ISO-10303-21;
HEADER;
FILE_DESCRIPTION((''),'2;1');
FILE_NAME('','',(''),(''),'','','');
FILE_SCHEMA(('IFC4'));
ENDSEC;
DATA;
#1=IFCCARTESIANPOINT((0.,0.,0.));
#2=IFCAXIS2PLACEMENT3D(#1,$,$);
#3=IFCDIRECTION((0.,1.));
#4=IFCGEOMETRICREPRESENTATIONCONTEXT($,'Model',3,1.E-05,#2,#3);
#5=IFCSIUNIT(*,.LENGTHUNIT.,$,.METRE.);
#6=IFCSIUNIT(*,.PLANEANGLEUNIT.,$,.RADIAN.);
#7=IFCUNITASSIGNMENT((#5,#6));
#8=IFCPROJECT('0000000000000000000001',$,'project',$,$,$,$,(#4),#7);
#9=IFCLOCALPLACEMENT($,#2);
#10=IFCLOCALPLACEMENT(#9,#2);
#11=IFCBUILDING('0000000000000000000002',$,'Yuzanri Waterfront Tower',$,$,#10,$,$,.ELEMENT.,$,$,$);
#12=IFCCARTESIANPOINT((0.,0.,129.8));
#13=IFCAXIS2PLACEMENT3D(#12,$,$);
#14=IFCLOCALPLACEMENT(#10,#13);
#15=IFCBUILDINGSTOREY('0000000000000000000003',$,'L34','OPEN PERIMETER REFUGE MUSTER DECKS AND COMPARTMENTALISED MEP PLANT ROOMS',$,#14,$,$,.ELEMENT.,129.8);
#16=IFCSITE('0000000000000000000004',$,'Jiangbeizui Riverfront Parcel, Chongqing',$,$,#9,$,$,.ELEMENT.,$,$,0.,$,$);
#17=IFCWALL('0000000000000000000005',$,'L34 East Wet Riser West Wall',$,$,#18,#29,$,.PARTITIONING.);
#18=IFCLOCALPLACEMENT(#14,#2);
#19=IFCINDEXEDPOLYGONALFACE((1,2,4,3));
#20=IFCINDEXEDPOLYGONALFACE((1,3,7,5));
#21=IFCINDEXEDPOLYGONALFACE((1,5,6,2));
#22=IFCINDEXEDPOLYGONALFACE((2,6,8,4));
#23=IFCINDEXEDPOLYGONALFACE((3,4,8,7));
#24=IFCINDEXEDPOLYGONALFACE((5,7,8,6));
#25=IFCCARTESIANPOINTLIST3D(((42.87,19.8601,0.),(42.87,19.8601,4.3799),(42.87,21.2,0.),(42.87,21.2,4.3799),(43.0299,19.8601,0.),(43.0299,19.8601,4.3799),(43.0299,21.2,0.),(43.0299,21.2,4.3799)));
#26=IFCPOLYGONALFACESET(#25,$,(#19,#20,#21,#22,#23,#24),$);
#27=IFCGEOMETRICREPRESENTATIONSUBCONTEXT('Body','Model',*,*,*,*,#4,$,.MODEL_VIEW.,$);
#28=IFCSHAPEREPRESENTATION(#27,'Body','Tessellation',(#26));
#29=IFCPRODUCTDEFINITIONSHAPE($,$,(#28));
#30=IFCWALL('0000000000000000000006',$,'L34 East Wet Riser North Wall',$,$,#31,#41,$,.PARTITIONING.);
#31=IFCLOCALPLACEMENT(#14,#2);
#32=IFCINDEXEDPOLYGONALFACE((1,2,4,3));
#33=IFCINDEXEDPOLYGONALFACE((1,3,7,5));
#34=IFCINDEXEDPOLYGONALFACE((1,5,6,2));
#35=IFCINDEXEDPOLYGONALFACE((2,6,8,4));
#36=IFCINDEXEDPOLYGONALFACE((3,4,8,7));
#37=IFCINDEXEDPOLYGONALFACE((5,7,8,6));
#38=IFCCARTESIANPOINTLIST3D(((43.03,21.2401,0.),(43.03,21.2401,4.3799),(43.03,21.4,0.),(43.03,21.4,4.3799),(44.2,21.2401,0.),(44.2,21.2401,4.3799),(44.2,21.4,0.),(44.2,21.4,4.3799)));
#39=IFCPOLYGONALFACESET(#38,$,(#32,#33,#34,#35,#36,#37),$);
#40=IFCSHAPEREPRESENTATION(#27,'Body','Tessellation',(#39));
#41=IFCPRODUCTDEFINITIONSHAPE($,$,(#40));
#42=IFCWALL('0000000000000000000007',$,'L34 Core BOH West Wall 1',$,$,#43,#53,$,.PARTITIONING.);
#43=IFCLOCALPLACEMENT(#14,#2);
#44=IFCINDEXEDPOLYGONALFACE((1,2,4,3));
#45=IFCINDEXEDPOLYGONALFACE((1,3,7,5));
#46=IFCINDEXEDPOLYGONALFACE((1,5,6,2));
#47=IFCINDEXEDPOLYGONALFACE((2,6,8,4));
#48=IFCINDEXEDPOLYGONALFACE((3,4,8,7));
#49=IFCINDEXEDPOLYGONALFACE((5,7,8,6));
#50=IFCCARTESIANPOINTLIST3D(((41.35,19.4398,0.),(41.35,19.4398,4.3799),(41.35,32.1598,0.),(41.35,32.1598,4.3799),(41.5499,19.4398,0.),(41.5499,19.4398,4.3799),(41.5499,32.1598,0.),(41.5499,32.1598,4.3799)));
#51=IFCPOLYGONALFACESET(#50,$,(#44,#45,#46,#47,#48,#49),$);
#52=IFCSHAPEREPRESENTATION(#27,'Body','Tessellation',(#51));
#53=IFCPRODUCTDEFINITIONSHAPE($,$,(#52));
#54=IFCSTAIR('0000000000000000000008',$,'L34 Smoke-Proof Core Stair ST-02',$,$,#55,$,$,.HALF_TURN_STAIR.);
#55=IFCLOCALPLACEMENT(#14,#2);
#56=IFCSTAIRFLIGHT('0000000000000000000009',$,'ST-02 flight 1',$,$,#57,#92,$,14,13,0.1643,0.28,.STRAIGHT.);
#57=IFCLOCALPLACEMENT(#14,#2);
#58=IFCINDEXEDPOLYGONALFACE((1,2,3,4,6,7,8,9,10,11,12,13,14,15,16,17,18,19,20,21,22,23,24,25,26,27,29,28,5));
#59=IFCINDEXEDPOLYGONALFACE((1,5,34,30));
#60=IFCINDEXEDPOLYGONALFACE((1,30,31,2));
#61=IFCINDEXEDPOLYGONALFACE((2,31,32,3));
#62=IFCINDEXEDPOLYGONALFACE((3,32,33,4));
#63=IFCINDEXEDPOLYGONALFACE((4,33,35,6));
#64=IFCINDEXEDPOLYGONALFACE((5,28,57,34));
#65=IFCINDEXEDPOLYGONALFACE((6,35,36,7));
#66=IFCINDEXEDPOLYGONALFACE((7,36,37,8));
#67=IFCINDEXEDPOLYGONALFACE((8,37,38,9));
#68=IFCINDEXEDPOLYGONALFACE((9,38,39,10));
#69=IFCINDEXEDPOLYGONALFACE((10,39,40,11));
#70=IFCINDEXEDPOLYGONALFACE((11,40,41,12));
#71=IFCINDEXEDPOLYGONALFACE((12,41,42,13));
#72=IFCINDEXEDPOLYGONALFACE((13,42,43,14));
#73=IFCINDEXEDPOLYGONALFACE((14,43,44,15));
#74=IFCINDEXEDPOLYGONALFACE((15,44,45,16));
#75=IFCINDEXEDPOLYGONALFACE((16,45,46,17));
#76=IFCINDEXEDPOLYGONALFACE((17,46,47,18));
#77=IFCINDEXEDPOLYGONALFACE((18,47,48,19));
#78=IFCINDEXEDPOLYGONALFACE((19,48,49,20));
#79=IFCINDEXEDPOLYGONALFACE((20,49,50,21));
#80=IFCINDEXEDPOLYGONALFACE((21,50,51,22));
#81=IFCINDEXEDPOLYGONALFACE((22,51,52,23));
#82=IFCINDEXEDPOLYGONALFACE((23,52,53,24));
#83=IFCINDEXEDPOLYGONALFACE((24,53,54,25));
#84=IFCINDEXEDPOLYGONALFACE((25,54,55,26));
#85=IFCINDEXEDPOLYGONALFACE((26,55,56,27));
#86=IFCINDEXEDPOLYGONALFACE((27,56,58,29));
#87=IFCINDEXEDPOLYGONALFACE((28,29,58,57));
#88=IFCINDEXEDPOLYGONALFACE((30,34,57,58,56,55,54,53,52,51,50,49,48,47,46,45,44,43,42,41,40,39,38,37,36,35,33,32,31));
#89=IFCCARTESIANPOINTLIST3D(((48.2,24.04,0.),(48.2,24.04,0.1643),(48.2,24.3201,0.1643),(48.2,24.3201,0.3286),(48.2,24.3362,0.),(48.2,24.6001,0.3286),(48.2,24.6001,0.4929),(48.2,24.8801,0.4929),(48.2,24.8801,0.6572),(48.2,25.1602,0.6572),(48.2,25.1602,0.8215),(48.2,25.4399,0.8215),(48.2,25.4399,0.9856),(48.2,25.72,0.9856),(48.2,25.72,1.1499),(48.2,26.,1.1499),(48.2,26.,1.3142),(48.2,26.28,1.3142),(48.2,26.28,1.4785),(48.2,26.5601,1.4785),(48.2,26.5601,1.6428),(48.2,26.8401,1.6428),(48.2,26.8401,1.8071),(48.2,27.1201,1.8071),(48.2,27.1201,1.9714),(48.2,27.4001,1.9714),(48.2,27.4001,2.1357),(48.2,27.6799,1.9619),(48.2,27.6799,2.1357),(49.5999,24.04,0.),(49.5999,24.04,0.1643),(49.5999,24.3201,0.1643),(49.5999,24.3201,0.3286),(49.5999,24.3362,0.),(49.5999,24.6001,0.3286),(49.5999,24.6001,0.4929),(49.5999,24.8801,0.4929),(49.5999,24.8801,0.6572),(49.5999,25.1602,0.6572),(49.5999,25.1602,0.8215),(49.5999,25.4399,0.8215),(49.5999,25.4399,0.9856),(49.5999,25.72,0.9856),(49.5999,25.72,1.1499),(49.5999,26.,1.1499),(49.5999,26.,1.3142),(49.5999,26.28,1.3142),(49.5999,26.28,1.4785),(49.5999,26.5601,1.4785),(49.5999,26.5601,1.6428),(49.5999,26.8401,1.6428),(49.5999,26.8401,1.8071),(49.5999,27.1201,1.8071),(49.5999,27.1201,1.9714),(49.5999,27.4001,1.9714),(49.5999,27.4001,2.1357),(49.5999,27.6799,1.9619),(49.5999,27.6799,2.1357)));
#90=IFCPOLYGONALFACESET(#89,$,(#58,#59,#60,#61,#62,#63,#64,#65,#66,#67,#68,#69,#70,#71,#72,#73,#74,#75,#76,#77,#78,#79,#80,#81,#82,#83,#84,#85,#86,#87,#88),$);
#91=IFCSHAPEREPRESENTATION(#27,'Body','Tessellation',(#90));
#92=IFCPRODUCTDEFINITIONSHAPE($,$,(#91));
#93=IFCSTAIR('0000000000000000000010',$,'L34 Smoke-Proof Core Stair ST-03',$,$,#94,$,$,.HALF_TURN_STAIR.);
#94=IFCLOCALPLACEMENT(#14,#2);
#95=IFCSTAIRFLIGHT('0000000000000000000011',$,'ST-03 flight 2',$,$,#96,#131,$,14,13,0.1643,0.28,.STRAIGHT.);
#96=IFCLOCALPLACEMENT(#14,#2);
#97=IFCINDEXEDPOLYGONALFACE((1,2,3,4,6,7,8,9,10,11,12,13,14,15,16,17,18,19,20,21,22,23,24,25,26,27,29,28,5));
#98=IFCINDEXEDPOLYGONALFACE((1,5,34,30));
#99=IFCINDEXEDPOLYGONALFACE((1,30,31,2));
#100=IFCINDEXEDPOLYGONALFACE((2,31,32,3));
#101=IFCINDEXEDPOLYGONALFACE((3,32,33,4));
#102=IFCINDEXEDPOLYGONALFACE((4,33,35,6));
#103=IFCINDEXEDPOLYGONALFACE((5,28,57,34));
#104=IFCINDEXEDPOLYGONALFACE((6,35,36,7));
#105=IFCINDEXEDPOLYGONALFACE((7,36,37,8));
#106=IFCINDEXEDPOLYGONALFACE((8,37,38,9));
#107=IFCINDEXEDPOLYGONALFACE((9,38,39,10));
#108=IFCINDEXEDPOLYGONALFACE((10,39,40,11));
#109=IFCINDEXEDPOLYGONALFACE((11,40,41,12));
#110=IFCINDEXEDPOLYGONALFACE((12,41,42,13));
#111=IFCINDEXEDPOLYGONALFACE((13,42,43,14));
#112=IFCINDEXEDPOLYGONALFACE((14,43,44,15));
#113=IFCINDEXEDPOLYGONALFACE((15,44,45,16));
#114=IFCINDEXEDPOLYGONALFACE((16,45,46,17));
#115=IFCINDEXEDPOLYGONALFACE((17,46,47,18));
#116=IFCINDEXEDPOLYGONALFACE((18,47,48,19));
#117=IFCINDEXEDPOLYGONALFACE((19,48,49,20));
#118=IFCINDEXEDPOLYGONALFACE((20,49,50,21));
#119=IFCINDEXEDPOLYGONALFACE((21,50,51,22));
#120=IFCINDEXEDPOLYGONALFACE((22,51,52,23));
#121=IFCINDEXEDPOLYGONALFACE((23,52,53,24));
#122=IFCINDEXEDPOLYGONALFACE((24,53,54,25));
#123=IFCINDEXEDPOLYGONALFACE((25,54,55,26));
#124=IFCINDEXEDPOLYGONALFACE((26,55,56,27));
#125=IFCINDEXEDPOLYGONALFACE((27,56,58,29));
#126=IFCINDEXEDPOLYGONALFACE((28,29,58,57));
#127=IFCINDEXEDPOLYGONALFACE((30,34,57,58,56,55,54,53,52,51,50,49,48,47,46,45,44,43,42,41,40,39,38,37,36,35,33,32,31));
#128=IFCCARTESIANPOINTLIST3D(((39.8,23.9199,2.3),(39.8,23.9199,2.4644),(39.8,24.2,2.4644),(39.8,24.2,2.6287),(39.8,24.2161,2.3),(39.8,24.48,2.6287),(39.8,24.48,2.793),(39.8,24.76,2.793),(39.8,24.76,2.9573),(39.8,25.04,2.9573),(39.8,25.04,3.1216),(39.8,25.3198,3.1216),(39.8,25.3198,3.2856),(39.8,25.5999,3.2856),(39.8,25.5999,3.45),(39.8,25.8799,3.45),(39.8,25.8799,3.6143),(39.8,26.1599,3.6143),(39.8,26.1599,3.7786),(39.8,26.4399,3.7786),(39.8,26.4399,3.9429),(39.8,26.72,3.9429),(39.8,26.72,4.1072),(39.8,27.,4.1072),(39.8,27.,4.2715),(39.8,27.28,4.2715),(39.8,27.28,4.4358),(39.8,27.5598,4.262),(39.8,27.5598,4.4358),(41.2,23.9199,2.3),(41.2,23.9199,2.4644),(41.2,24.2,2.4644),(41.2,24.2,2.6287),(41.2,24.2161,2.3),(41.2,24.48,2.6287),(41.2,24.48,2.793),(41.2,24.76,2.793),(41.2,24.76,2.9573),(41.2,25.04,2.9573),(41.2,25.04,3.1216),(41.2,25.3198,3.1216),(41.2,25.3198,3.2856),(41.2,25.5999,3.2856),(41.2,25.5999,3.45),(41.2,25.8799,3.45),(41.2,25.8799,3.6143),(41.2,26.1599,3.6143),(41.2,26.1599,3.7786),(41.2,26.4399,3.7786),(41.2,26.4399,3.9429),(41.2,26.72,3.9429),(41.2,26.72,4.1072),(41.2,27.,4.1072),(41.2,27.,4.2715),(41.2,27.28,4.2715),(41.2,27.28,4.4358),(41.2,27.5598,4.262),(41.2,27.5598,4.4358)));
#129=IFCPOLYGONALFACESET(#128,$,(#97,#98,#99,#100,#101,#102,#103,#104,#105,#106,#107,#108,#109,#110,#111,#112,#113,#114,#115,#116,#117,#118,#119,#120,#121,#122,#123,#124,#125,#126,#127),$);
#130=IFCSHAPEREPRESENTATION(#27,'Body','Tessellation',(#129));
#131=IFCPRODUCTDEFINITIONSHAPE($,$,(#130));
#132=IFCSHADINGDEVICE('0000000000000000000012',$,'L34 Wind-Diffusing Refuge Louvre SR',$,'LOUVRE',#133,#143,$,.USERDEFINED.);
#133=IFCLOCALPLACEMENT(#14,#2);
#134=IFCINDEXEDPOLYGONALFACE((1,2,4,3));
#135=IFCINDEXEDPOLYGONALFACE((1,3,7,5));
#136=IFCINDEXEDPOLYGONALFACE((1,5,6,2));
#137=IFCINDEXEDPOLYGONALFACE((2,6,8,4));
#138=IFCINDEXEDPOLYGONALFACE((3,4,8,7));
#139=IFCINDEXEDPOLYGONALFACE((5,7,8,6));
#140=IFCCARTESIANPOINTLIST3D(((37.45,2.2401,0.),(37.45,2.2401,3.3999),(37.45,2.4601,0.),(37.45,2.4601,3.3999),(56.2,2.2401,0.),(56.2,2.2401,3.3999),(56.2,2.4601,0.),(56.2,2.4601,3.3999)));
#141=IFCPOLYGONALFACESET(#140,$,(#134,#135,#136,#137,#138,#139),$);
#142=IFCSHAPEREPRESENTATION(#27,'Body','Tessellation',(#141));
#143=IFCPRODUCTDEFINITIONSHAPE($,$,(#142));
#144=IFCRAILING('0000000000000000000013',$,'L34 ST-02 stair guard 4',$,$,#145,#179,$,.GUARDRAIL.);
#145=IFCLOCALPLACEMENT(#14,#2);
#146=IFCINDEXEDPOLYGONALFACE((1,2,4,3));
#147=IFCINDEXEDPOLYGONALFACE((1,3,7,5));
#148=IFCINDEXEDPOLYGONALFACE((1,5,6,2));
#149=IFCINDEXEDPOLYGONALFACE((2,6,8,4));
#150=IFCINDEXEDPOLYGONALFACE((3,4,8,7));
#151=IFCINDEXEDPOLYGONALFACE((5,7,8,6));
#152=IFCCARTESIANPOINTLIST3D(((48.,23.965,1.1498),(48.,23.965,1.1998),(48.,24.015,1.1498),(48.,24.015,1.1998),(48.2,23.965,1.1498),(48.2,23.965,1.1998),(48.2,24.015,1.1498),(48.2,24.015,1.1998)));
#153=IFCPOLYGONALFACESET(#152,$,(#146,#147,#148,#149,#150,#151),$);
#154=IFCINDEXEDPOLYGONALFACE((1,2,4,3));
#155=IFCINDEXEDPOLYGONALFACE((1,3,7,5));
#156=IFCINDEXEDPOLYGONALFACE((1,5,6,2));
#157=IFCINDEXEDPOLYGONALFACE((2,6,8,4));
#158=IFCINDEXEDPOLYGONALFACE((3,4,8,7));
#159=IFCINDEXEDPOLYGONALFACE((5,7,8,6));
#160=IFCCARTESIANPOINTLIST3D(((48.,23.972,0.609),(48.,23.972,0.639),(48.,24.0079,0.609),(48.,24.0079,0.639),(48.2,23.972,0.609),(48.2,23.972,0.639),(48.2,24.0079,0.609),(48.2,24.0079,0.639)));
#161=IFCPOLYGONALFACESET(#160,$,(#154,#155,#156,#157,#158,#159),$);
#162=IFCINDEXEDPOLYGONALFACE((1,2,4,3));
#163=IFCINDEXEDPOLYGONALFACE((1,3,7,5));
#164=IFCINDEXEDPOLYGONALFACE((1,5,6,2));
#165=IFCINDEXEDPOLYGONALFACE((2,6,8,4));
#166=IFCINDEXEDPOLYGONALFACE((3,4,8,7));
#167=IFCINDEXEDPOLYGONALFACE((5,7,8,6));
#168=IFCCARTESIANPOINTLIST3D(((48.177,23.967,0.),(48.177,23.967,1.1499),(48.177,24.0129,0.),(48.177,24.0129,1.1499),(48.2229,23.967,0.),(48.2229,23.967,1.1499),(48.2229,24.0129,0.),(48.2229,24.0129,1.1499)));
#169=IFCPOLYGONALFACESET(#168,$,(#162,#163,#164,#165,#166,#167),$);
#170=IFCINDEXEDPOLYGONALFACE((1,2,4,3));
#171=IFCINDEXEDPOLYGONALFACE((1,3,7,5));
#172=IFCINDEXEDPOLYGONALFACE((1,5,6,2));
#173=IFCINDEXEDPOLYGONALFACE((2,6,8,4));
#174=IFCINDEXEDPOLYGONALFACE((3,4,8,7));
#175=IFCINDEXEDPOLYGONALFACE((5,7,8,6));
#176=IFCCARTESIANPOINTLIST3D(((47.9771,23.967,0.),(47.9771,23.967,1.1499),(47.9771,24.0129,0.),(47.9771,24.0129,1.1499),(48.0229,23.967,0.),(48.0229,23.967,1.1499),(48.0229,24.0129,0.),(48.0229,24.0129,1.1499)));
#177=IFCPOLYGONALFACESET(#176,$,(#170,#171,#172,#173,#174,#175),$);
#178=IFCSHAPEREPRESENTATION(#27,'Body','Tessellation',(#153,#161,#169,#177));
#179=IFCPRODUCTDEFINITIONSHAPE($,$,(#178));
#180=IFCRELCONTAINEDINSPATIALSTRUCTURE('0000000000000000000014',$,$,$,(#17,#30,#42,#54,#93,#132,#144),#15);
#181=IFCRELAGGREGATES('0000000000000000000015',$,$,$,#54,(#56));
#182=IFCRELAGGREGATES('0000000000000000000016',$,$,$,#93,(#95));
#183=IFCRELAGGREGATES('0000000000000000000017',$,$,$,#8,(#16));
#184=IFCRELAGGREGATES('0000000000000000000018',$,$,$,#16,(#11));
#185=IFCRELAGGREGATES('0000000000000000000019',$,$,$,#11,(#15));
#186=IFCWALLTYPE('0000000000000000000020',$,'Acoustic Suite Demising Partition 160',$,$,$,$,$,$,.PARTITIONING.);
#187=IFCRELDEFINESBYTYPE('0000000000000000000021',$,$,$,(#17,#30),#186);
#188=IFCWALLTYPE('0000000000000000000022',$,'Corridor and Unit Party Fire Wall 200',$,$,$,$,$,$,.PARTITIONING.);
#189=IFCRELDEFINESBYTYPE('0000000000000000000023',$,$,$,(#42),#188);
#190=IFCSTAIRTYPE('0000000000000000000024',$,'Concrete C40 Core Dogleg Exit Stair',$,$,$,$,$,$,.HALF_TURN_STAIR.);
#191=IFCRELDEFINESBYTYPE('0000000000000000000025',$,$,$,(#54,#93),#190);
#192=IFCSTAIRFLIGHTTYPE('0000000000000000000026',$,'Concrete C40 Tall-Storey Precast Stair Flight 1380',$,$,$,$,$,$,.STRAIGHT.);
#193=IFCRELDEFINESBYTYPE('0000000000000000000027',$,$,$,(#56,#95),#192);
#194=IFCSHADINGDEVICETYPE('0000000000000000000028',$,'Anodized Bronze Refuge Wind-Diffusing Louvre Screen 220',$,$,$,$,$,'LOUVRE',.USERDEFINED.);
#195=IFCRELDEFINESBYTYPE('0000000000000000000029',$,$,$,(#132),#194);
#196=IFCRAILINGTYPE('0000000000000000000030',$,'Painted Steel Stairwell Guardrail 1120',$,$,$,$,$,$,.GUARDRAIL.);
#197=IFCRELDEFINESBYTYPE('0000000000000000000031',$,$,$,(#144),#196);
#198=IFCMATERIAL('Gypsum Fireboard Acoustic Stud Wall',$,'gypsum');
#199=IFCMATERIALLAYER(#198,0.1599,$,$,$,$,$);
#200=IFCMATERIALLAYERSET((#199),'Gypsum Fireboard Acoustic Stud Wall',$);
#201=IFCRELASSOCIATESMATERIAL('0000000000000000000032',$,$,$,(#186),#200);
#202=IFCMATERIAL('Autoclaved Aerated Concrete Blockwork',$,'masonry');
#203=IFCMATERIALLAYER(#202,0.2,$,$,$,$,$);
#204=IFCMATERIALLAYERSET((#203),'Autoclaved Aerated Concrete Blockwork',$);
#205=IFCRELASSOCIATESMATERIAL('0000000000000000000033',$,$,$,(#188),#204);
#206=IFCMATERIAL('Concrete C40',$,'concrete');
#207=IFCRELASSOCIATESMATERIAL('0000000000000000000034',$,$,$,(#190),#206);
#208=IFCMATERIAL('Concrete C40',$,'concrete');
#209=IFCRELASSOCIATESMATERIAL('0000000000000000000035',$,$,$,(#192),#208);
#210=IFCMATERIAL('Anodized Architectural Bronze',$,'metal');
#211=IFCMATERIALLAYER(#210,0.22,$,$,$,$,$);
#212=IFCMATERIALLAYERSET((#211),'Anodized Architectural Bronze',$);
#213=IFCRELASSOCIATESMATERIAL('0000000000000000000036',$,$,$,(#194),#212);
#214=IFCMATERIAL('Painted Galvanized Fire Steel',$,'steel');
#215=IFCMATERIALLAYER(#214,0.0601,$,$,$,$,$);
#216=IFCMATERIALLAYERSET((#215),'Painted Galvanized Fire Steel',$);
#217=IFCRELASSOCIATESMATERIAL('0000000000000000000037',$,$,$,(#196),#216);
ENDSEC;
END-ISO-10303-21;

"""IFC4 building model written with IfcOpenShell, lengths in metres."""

from ifc_helpers import new_model, si_unit, direction, frame, frame_2d, origin, origin_2d, place, context, subcontext, project, spatial, polyline, rectangle, outline, extrude, source, transform, mapped, material, layer, layer_set, type_object, element, aggregate, save


model = new_model("IFC4")

# Units and contexts
model_context = context("Model", 3, precision=1e-05, world=origin(), true_north=direction((0.0, 1.0)))
body_context = subcontext(model_context, "Body", "Model", "MODEL_VIEW")
ifc_project = project(units=[si_unit("LENGTHUNIT", "METRE"), si_unit("PLANEANGLEUNIT", "RADIAN")], contexts=[model_context])

# Site, building, storey
site_placement = place(None, origin())
site = spatial("IfcSite", under=ifc_project, at=site_placement, Name="Jiangbeizui Riverfront Parcel, Chongqing", CompositionType="ELEMENT", RefElevation=0.0)
building_placement = place(site_placement, origin())
building = spatial("IfcBuilding", under=site, at=building_placement, Name="Yuzanri Waterfront Tower", CompositionType="ELEMENT")
storey_placement = place(building_placement, frame((0.0, 0.0, 129.8)))
storey = spatial("IfcBuildingStorey", under=building, at=storey_placement, Name="L34", Description="OPEN PERIMETER REFUGE MUSTER DECKS AND COMPARTMENTALISED MEP PLANT ROOMS", CompositionType="ELEMENT", Elevation=129.8)

# Walls
ifc_material_1 = material(Name="Gypsum Fireboard Acoustic Stud Wall", Category="gypsum")
ifc_layer_1 = layer(ifc_material_1, 0.1599)
ifc_layer_set_1 = layer_set([ifc_layer_1], Name="Gypsum Fireboard Acoustic Stud Wall")
wall_type_1 = type_object("IfcWallType", Name="Acoustic Suite Demising Partition 160", PredefinedType="PARTITIONING", material=ifc_layer_set_1)
shared_shape_1 = source(origin(), body_context, "Body", "SweptSolid", [
    extrude(rectangle(XDim=1.3398, YDim=0.1599, at=frame_2d((0.6699, 0.0))), origin(), (0.0, 0.0, 1.0), 4.3799),
])
wall_1_placement = place(storey_placement, frame((42.95, 19.8601, 0.0), z_axis=(0.0, 0.0, 1.0), x_axis=(0.0, 1.0, 0.0)))
element("IfcWall", 1, at=wall_1_placement, inside=storey, type_object=wall_type_1, Name="L34 East Wet Riser West Wall", PredefinedType="PARTITIONING", context=body_context, shape_type="MappedRepresentation", body=[
    mapped(shared_shape_1, transform((0.0, 0.0, 0.0), scale=1.0)),
])
shared_shape_2 = source(origin(), body_context, "Body", "SweptSolid", [
    extrude(rectangle(XDim=1.1699, YDim=0.1599, at=frame_2d((0.585, 0.0))), origin(), (0.0, 0.0, 1.0), 4.3799),
])
wall_2_placement = place(storey_placement, frame((43.03, 21.3201, 0.0), z_axis=(0.0, 0.0, 1.0), x_axis=(1.0, 0.0, 0.0)))
element("IfcWall", 2, at=wall_2_placement, inside=storey, type_object=wall_type_1, Name="L34 East Wet Riser North Wall", PredefinedType="PARTITIONING", context=body_context, shape_type="MappedRepresentation", body=[
    mapped(shared_shape_2, transform((0.0, 0.0, 0.0), scale=1.0)),
])
ifc_material_2 = material(Name="Autoclaved Aerated Concrete Blockwork", Category="masonry")
ifc_layer_2 = layer(ifc_material_2, 0.2)
ifc_layer_set_2 = layer_set([ifc_layer_2], Name="Autoclaved Aerated Concrete Blockwork")
wall_type_2 = type_object("IfcWallType", Name="Corridor and Unit Party Fire Wall 200", PredefinedType="PARTITIONING", material=ifc_layer_set_2)
shared_shape_3 = source(origin(), body_context, "Body", "SweptSolid", [
    extrude(rectangle(XDim=12.72, YDim=0.2, at=frame_2d((6.3599, 0.0))), origin(), (0.0, 0.0, 1.0), 4.3799),
])
wall_3_placement = place(storey_placement, frame((41.45, 19.4399, 0.0), z_axis=(0.0, 0.0, 1.0), x_axis=(0.0, 1.0, 0.0)))
element("IfcWall", 3, at=wall_3_placement, inside=storey, type_object=wall_type_2, Name="L34 Core BOH West Wall 1", PredefinedType="PARTITIONING", context=body_context, shape_type="MappedRepresentation", body=[
    mapped(shared_shape_3, transform((0.0, 0.0, 0.0), scale=1.0)),
])

# Stairs, stair flights
ifc_material_3 = material(Name="Concrete C40", Category="concrete")
stair_type = type_object("IfcStairType", Name="Concrete C40 Core Dogleg Exit Stair", PredefinedType="HALF_TURN_STAIR", material=ifc_material_3)
stair_1_placement = place(storey_placement, origin())
stair_1 = element("IfcStair", 4, at=stair_1_placement, inside=storey, type_object=stair_type, Name="L34 Smoke-Proof Core Stair ST-02", PredefinedType="HALF_TURN_STAIR")
ifc_material_4 = material(Name="Concrete C40", Category="concrete")
stair_flight_type = type_object("IfcStairFlightType", Name="Concrete C40 Tall-Storey Precast Stair Flight 1380", PredefinedType="STRAIGHT", material=ifc_material_4)
shared_shape_4 = source(origin(), body_context, "Body", "SweptSolid", [
    extrude(outline(polyline([(0.0, 0.0), (0.0, 0.1643), (0.28, 0.1643), (0.28, 0.3286), (0.5601, 0.3286), (0.5601, 0.4929), (0.8401, 0.4929), (0.8401, 0.6572), (1.1201, 0.6572), (1.1201, 0.8215), (1.3999, 0.8215), (1.3999, 0.9856), (1.6799, 0.9856), (1.6799, 1.1499), (1.96, 1.1499), (1.96, 1.3142), (2.24, 1.3142), (2.24, 1.4785), (2.52, 1.4785), (2.52, 1.6428), (2.8, 1.6428), (2.8, 1.8071), (3.0801, 1.8071), (3.0801, 1.9714), (3.3601, 1.9714), (3.3601, 2.1357), (3.6399, 2.1357), (3.6399, 2.3), (3.6399, 1.9619), (0.2961, 0.0), (0.0, 0.0)])), frame((0.0, 0.7, 0.0), z_axis=(0.0, -1.0, 0.0), x_axis=(1.0, 0.0, 0.0)), (0.0, 0.0, 1.0), 1.3999),
])
stair_flight_1_placement = place(storey_placement, frame((48.8999, 24.04, 0.0), z_axis=(0.0, 0.0, 1.0), x_axis=(0.0, 1.0, 0.0)))
stair_flight_1 = element("IfcStairFlight", 5, at=stair_flight_1_placement, type_object=stair_flight_type, Name="ST-02 flight 1", NumberOfRisers=14, NumberOfTreads=13, PredefinedType="STRAIGHT", RiserHeight=0.1643, TreadLength=0.28, context=body_context, shape_type="MappedRepresentation", body=[
    mapped(shared_shape_4, transform((0.0, 0.0, 0.0), scale=1.0)),
])
aggregate(stair_1, [stair_flight_1])
stair_2_placement = place(storey_placement, origin())
stair_2 = element("IfcStair", 6, at=stair_2_placement, inside=storey, type_object=stair_type, Name="L34 Smoke-Proof Core Stair ST-03", PredefinedType="HALF_TURN_STAIR")
stair_flight_2_placement = place(storey_placement, frame((40.5, 23.9199, 2.3), z_axis=(0.0, 0.0, 1.0), x_axis=(0.0, 1.0, 0.0)))
stair_flight_2 = element("IfcStairFlight", 7, at=stair_flight_2_placement, type_object=stair_flight_type, Name="ST-03 flight 2", NumberOfRisers=14, NumberOfTreads=13, PredefinedType="STRAIGHT", RiserHeight=0.1643, TreadLength=0.28, context=body_context, shape_type="MappedRepresentation", body=[
    mapped(shared_shape_4, transform((0.0, 0.0, 0.0), scale=1.0)),
])
aggregate(stair_2, [stair_flight_2])

# Shading device
ifc_material_5 = material(Name="Anodized Architectural Bronze", Category="metal")
ifc_layer_3 = layer(ifc_material_5, 0.22)
ifc_layer_set_3 = layer_set([ifc_layer_3], Name="Anodized Architectural Bronze")
shading_device_type = type_object("IfcShadingDeviceType", Name="Anodized Bronze Refuge Wind-Diffusing Louvre Screen 220", ElementType="LOUVRE", PredefinedType="USERDEFINED", material=ifc_layer_set_3)
shared_shape_5 = source(origin(), body_context, "Body", "SweptSolid", [
    extrude(rectangle(XDim=18.75, YDim=0.22, at=origin_2d()), origin(), (0.0, 0.0, 1.0), 3.3999),
])
shading_device_placement = place(storey_placement, frame((46.825, 2.3501, 0.0), z_axis=(0.0, 0.0, 1.0), x_axis=(1.0, 0.0, 0.0)))
element("IfcShadingDevice", 8, at=shading_device_placement, inside=storey, type_object=shading_device_type, Name="L34 Wind-Diffusing Refuge Louvre SR", ObjectType="LOUVRE", PredefinedType="USERDEFINED", context=body_context, shape_type="MappedRepresentation", body=[
    mapped(shared_shape_5, transform((0.0, 0.0, 0.0), scale=1.0)),
])

# Railing
ifc_material_6 = material(Name="Painted Galvanized Fire Steel", Category="steel")
ifc_layer_4 = layer(ifc_material_6, 0.0601)
ifc_layer_set_4 = layer_set([ifc_layer_4], Name="Painted Galvanized Fire Steel")
railing_type_1 = type_object("IfcRailingType", Name="Painted Steel Stairwell Guardrail 1120", PredefinedType="GUARDRAIL", material=ifc_layer_set_4)
shared_shape_6 = source(origin(), body_context, "Body", "SweptSolid", [
    extrude(rectangle(XDim=0.05, YDim=0.05, at=origin_2d()), frame((0.0, 0.0, 1.1748), z_axis=(-1.0, 0.0, 0.0), x_axis=(0.0, -1.0, 0.0)), (0.0, 0.0, 1.0), 0.2),
    extrude(rectangle(XDim=0.0359, YDim=0.03, at=origin_2d()), frame((0.0, 0.0, 0.624), z_axis=(-1.0, 0.0, 0.0), x_axis=(0.0, -1.0, 0.0)), (0.0, 0.0, 1.0), 0.2),
    extrude(rectangle(XDim=0.0459, YDim=0.0459, at=origin_2d()), origin(), (0.0, 0.0, 1.0), 1.1499),
    extrude(rectangle(XDim=0.0459, YDim=0.0459, at=origin_2d()), frame((-0.2, 0.0, 0.0)), (0.0, 0.0, 1.0), 1.1499),
])
railing_1_placement = place(storey_placement, frame((48.2, 23.99, 0.0)))
element("IfcRailing", 9, at=railing_1_placement, inside=storey, type_object=railing_type_1, Name="L34 ST-02 stair guard 4", PredefinedType="GUARDRAIL", context=body_context, shape_type="MappedRepresentation", body=[
    mapped(shared_shape_6, transform((0.0, 0.0, 0.0), scale=1.0)),
])

save(model, "model.ifc")
